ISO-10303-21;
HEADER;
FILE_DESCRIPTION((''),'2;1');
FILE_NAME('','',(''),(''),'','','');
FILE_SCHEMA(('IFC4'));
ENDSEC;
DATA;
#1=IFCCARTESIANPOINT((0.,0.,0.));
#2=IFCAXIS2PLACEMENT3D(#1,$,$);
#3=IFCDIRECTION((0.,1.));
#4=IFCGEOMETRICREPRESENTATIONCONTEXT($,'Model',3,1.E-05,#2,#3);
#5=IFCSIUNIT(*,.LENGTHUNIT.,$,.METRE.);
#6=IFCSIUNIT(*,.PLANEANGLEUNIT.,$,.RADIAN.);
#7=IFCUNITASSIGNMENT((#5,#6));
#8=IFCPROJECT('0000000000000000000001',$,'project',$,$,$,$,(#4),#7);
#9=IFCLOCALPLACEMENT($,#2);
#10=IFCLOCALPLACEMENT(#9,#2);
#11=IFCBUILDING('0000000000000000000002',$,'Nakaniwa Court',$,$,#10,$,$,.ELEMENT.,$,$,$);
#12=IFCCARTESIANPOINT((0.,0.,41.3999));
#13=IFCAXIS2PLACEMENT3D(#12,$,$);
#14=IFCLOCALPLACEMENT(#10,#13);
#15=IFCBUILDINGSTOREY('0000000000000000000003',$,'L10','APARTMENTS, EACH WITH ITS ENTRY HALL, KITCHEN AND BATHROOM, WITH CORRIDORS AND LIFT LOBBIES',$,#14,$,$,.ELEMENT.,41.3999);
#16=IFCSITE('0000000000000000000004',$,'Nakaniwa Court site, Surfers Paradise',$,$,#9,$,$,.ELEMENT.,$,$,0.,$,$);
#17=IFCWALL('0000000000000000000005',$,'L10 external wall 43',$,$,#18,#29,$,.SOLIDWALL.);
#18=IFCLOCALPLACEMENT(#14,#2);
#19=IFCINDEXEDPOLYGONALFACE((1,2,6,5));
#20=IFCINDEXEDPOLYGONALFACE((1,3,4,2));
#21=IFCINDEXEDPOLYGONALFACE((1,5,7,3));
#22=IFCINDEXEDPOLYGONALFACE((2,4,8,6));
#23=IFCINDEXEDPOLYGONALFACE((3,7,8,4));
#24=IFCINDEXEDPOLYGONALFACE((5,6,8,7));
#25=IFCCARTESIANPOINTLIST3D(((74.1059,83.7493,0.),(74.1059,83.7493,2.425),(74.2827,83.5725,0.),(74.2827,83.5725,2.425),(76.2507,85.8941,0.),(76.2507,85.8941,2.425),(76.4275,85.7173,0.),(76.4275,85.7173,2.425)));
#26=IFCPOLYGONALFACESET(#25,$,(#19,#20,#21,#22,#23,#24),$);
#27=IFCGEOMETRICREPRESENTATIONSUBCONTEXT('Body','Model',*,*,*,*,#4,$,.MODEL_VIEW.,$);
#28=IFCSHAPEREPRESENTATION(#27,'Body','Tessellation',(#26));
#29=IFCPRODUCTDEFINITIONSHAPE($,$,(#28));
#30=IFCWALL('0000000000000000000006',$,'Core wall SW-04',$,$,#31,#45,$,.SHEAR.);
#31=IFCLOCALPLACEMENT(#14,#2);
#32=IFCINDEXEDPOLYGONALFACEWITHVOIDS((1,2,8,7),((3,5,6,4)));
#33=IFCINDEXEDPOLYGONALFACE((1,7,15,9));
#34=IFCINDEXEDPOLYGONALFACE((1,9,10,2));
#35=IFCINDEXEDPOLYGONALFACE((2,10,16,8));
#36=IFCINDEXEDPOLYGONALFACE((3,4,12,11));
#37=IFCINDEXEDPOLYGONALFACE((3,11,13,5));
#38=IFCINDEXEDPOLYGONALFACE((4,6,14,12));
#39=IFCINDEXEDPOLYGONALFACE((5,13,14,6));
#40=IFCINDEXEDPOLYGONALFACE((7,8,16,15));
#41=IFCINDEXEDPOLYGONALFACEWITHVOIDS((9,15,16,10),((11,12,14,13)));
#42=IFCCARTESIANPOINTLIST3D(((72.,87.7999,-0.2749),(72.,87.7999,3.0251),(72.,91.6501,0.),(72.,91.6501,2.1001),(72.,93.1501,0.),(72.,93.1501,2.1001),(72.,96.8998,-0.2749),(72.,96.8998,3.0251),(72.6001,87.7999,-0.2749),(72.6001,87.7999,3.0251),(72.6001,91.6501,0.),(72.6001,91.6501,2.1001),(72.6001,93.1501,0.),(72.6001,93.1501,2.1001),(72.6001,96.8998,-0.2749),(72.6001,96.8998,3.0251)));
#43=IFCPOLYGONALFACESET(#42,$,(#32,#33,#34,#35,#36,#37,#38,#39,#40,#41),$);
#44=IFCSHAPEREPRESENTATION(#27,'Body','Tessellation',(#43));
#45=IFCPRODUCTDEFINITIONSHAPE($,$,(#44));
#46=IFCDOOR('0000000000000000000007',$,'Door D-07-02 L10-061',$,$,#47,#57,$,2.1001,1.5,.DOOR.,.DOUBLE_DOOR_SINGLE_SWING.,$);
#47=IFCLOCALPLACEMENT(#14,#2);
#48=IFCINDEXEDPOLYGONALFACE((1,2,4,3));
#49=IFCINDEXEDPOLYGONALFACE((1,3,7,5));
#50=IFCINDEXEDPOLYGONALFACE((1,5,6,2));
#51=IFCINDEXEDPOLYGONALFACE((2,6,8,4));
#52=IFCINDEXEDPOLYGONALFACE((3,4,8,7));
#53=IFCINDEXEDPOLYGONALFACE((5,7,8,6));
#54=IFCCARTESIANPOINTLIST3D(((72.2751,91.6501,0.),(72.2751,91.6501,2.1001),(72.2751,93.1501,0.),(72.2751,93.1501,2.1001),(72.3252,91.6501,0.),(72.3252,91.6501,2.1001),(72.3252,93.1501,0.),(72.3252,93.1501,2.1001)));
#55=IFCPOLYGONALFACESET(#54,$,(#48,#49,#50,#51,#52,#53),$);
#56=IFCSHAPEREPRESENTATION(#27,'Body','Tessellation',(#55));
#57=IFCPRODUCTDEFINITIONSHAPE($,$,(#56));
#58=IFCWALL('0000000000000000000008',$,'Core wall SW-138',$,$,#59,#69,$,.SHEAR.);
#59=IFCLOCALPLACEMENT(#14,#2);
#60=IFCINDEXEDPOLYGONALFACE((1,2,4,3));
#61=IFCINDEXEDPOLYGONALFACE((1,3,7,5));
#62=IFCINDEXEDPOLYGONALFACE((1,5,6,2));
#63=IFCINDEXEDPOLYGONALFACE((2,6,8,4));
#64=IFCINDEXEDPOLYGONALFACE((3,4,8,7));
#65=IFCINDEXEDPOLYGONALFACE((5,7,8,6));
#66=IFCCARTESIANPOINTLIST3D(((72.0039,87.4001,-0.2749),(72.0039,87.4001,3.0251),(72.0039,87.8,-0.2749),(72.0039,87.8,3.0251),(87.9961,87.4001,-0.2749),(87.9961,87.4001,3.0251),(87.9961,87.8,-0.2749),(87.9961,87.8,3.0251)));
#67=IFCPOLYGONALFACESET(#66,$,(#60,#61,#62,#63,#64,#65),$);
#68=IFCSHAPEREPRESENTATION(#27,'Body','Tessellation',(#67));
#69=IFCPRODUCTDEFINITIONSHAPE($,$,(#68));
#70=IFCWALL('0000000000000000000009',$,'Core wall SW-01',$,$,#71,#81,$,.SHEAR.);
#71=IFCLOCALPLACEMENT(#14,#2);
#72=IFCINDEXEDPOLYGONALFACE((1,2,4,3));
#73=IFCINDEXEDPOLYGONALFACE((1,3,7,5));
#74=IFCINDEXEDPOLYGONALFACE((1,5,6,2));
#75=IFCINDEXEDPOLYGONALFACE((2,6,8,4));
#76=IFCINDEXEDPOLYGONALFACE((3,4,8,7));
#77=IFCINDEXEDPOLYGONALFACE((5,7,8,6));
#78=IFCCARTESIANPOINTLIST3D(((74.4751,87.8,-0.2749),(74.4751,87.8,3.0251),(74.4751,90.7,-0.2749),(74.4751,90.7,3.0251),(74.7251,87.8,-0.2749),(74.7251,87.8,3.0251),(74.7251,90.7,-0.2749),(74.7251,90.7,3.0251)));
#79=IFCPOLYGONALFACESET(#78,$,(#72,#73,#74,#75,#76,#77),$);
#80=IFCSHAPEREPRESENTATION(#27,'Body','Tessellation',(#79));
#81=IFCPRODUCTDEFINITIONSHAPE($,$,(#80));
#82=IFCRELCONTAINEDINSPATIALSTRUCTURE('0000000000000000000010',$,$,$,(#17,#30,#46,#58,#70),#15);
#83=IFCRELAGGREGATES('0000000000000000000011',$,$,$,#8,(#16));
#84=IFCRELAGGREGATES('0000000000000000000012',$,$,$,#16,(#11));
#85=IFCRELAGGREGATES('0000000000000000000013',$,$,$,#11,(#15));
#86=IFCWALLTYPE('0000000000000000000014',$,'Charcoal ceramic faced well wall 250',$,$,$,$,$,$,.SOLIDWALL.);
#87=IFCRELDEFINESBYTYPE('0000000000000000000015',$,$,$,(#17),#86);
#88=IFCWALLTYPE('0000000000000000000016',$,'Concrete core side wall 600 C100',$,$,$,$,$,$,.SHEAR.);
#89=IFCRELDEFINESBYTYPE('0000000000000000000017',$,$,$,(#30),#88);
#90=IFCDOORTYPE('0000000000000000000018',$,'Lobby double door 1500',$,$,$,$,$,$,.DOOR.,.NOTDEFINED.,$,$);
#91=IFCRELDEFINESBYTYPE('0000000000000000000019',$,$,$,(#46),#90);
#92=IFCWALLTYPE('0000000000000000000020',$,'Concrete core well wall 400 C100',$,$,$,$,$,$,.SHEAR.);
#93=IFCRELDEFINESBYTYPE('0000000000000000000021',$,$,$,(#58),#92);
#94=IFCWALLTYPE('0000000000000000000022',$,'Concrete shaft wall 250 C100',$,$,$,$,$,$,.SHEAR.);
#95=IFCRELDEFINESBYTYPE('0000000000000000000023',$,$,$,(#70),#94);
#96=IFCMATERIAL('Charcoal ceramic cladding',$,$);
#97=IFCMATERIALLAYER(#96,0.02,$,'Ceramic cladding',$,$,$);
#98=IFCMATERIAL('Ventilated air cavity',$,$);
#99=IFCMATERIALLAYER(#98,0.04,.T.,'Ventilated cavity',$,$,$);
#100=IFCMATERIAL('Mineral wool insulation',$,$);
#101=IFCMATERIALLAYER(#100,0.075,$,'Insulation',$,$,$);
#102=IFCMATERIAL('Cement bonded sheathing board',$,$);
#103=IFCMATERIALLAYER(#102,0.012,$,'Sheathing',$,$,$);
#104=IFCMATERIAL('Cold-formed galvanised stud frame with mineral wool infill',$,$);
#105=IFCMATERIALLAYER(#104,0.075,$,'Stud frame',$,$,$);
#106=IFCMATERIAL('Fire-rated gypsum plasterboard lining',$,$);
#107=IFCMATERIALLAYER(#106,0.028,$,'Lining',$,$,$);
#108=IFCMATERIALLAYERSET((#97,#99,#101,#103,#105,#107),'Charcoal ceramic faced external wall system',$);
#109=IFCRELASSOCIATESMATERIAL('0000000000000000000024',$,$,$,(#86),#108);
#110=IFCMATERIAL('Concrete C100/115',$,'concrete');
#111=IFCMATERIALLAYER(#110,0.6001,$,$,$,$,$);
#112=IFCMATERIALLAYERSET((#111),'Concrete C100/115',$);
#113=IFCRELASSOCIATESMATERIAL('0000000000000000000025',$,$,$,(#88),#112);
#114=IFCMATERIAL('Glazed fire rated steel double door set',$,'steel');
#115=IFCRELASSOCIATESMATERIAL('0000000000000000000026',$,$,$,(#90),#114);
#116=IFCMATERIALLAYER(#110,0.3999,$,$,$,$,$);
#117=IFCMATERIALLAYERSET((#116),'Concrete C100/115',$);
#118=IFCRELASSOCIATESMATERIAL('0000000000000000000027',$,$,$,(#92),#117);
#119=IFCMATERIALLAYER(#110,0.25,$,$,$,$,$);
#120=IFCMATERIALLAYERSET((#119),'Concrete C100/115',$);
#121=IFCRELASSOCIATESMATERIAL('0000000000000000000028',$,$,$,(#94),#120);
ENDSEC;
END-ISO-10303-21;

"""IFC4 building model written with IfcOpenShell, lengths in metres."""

from ifc_helpers import new_model, si_unit, direction, frame, frame_2d, origin, place, context, subcontext, project, spatial, rectangle, extrude, material, layer, layer_set, type_object, element, fill, save


model = new_model("IFC4")

# Units and contexts
model_context = context("Model", 3, precision=1e-05, world=origin(), true_north=direction((0.0, 1.0)))
body_context = subcontext(model_context, "Body", "Model", "MODEL_VIEW")
ifc_project = project(units=[si_unit("LENGTHUNIT", "METRE"), si_unit("PLANEANGLEUNIT", "RADIAN")], contexts=[model_context])

# Site, building, storey
site_placement = place(None, origin())
site = spatial("IfcSite", under=ifc_project, at=site_placement, Name="Nakaniwa Court site, Surfers Paradise", CompositionType="ELEMENT", RefElevation=0.0)
building_placement = place(site_placement, origin())
building = spatial("IfcBuilding", under=site, at=building_placement, Name="Nakaniwa Court", CompositionType="ELEMENT")
storey_placement = place(building_placement, frame((0.0, 0.0, 41.3999)))
storey = spatial("IfcBuildingStorey", under=building, at=storey_placement, Name="L10", Description="APARTMENTS, EACH WITH ITS ENTRY HALL, KITCHEN AND BATHROOM, WITH CORRIDORS AND LIFT LOBBIES", CompositionType="ELEMENT", Elevation=41.3999)

# Shared definitions
ifc_material_1 = material(Name="Concrete C100/115", Category="concrete")

# Wall
ifc_material_2 = material(Name="Charcoal ceramic cladding")
ifc_layer_1 = layer(ifc_material_2, 0.02, Name="Ceramic cladding")
ifc_material_3 = material(Name="Ventilated air cavity")
ifc_layer_2 = layer(ifc_material_3, 0.04, ventilated=True, Name="Ventilated cavity")
ifc_material_4 = material(Name="Mineral wool insulation")
ifc_layer_3 = layer(ifc_material_4, 0.075, Name="Insulation")
ifc_material_5 = material(Name="Cement bonded sheathing board")
ifc_layer_4 = layer(ifc_material_5, 0.012, Name="Sheathing")
ifc_material_6 = material(Name="Cold-formed galvanised stud frame with mineral wool infill")
ifc_layer_5 = layer(ifc_material_6, 0.075, Name="Stud frame")
ifc_material_7 = material(Name="Fire-rated gypsum plasterboard lining")
ifc_layer_6 = layer(ifc_material_7, 0.028, Name="Lining")
ifc_layer_set_1 = layer_set([ifc_layer_1, ifc_layer_2, ifc_layer_3, ifc_layer_4, ifc_layer_5, ifc_layer_6], Name="Charcoal ceramic faced external wall system")
wall_type_1 = type_object("IfcWallType", Name="Charcoal ceramic faced well wall 250", PredefinedType="SOLIDWALL", material=ifc_layer_set_1)
wall_1_placement = place(storey_placement, frame((74.1943, 83.6609, 0.0), z_axis=(0.0, 0.0, 1.0), x_axis=(0.707107, 0.707107, 0.0)))
element("IfcWall", 1, at=wall_1_placement, inside=storey, type_object=wall_type_1, Name="L10 external wall 43", PredefinedType="SOLIDWALL", context=body_context, shape_type="SweptSolid", body=[
    extrude(rectangle(XDim=3.0332, YDim=0.25, at=frame_2d((1.5166, 0.0))), origin(), (0.0, 0.0, 1.0), 2.425),
])

# Wall, opening, door
ifc_layer_7 = layer(ifc_material_1, 0.6001)
ifc_layer_set_2 = layer_set([ifc_layer_7], Name="Concrete C100/115")
wall_type_2 = type_object("IfcWallType", Name="Concrete core side wall 600 C100", PredefinedType="SHEAR", material=ifc_layer_set_2)
wall_2_placement = place(storey_placement, frame((72.3, 87.8, -0.2749), z_axis=(0.0, 0.0, 1.0), x_axis=(0.0, 1.0, 0.0)))
wall_2 = element("IfcWall", 2, at=wall_2_placement, inside=storey, type_object=wall_type_2, Name="Core wall SW-04", PredefinedType="SHEAR", context=body_context, shape_type="SweptSolid", body=[
    extrude(rectangle(XDim=9.0999, YDim=0.6001, at=frame_2d((4.5498, 0.0))), origin(), (0.0, 0.0, 1.0), 3.3),
])
opening_1_placement = place(wall_2_placement, frame((3.8501, 0.0, 0.2749)))
opening_1 = element("IfcOpeningElement", 3, at=opening_1_placement, cuts=wall_2, PredefinedType="OPENING", context=body_context, shape_type="SweptSolid", body=[
    extrude(rectangle(XDim=1.5, YDim=2.1001, at=frame_2d((0.75, 1.05))), frame((0.0, 0.3101, 0.0), z_axis=(0.0, -1.0, 0.0), x_axis=(1.0, 0.0, 0.0)), (0.0, 0.0, 1.0), 0.6201),
])
ifc_material_8 = material(Name="Glazed fire rated steel double door set", Category="steel")
door_type_1 = type_object("IfcDoorType", Name="Lobby double door 1500", OperationType="NOTDEFINED", PredefinedType="DOOR", material=ifc_material_8)
door_1_placement = place(opening_1_placement, origin())
door_1 = element("IfcDoor", 4, at=door_1_placement, inside=storey, type_object=door_type_1, Name="Door D-07-02 L10-061", OperationType="DOUBLE_DOOR_SINGLE_SWING", OverallHeight=2.1001, OverallWidth=1.5, PredefinedType="DOOR", context=body_context, shape_type="SweptSolid", body=[
    extrude(rectangle(XDim=1.5, YDim=2.1001, at=frame_2d((0.75, 1.05))), frame((0.0, 0.0249, 0.0), z_axis=(0.0, -1.0, 0.0), x_axis=(1.0, 0.0, 0.0)), (0.0, 0.0, 1.0), 0.05),
])
fill(opening_1, door_1)

# Walls
ifc_layer_8 = layer(ifc_material_1, 0.3999)
ifc_layer_set_3 = layer_set([ifc_layer_8], Name="Concrete C100/115")
wall_type_3 = type_object("IfcWallType", Name="Concrete core well wall 400 C100", PredefinedType="SHEAR", material=ifc_layer_set_3)
wall_3_placement = place(storey_placement, frame((72.0039, 87.6001, -0.2749), z_axis=(0.0, 0.0, 1.0), x_axis=(1.0, 0.0, 0.0)))
element("IfcWall", 5, at=wall_3_placement, inside=storey, type_object=wall_type_3, Name="Core wall SW-138", PredefinedType="SHEAR", context=body_context, shape_type="SweptSolid", body=[
    extrude(rectangle(XDim=15.9922, YDim=0.3999, at=frame_2d((7.9961, 0.0))), origin(), (0.0, 0.0, 1.0), 3.3),
])
ifc_layer_9 = layer(ifc_material_1, 0.25)
ifc_layer_set_4 = layer_set([ifc_layer_9], Name="Concrete C100/115")
wall_type_4 = type_object("IfcWallType", Name="Concrete shaft wall 250 C100", PredefinedType="SHEAR", material=ifc_layer_set_4)
wall_4_placement = place(storey_placement, frame((74.6001, 87.8, -0.2749), z_axis=(0.0, 0.0, 1.0), x_axis=(0.0, 1.0, 0.0)))
element("IfcWall", 6, at=wall_4_placement, inside=storey, type_object=wall_type_4, Name="Core wall SW-01", PredefinedType="SHEAR", context=body_context, shape_type="SweptSolid", body=[
    extrude(rectangle(XDim=2.8999, YDim=0.25, at=frame_2d((1.45, 0.0))), origin(), (0.0, 0.0, 1.0), 3.3),
])

save(model, "model.ifc")
